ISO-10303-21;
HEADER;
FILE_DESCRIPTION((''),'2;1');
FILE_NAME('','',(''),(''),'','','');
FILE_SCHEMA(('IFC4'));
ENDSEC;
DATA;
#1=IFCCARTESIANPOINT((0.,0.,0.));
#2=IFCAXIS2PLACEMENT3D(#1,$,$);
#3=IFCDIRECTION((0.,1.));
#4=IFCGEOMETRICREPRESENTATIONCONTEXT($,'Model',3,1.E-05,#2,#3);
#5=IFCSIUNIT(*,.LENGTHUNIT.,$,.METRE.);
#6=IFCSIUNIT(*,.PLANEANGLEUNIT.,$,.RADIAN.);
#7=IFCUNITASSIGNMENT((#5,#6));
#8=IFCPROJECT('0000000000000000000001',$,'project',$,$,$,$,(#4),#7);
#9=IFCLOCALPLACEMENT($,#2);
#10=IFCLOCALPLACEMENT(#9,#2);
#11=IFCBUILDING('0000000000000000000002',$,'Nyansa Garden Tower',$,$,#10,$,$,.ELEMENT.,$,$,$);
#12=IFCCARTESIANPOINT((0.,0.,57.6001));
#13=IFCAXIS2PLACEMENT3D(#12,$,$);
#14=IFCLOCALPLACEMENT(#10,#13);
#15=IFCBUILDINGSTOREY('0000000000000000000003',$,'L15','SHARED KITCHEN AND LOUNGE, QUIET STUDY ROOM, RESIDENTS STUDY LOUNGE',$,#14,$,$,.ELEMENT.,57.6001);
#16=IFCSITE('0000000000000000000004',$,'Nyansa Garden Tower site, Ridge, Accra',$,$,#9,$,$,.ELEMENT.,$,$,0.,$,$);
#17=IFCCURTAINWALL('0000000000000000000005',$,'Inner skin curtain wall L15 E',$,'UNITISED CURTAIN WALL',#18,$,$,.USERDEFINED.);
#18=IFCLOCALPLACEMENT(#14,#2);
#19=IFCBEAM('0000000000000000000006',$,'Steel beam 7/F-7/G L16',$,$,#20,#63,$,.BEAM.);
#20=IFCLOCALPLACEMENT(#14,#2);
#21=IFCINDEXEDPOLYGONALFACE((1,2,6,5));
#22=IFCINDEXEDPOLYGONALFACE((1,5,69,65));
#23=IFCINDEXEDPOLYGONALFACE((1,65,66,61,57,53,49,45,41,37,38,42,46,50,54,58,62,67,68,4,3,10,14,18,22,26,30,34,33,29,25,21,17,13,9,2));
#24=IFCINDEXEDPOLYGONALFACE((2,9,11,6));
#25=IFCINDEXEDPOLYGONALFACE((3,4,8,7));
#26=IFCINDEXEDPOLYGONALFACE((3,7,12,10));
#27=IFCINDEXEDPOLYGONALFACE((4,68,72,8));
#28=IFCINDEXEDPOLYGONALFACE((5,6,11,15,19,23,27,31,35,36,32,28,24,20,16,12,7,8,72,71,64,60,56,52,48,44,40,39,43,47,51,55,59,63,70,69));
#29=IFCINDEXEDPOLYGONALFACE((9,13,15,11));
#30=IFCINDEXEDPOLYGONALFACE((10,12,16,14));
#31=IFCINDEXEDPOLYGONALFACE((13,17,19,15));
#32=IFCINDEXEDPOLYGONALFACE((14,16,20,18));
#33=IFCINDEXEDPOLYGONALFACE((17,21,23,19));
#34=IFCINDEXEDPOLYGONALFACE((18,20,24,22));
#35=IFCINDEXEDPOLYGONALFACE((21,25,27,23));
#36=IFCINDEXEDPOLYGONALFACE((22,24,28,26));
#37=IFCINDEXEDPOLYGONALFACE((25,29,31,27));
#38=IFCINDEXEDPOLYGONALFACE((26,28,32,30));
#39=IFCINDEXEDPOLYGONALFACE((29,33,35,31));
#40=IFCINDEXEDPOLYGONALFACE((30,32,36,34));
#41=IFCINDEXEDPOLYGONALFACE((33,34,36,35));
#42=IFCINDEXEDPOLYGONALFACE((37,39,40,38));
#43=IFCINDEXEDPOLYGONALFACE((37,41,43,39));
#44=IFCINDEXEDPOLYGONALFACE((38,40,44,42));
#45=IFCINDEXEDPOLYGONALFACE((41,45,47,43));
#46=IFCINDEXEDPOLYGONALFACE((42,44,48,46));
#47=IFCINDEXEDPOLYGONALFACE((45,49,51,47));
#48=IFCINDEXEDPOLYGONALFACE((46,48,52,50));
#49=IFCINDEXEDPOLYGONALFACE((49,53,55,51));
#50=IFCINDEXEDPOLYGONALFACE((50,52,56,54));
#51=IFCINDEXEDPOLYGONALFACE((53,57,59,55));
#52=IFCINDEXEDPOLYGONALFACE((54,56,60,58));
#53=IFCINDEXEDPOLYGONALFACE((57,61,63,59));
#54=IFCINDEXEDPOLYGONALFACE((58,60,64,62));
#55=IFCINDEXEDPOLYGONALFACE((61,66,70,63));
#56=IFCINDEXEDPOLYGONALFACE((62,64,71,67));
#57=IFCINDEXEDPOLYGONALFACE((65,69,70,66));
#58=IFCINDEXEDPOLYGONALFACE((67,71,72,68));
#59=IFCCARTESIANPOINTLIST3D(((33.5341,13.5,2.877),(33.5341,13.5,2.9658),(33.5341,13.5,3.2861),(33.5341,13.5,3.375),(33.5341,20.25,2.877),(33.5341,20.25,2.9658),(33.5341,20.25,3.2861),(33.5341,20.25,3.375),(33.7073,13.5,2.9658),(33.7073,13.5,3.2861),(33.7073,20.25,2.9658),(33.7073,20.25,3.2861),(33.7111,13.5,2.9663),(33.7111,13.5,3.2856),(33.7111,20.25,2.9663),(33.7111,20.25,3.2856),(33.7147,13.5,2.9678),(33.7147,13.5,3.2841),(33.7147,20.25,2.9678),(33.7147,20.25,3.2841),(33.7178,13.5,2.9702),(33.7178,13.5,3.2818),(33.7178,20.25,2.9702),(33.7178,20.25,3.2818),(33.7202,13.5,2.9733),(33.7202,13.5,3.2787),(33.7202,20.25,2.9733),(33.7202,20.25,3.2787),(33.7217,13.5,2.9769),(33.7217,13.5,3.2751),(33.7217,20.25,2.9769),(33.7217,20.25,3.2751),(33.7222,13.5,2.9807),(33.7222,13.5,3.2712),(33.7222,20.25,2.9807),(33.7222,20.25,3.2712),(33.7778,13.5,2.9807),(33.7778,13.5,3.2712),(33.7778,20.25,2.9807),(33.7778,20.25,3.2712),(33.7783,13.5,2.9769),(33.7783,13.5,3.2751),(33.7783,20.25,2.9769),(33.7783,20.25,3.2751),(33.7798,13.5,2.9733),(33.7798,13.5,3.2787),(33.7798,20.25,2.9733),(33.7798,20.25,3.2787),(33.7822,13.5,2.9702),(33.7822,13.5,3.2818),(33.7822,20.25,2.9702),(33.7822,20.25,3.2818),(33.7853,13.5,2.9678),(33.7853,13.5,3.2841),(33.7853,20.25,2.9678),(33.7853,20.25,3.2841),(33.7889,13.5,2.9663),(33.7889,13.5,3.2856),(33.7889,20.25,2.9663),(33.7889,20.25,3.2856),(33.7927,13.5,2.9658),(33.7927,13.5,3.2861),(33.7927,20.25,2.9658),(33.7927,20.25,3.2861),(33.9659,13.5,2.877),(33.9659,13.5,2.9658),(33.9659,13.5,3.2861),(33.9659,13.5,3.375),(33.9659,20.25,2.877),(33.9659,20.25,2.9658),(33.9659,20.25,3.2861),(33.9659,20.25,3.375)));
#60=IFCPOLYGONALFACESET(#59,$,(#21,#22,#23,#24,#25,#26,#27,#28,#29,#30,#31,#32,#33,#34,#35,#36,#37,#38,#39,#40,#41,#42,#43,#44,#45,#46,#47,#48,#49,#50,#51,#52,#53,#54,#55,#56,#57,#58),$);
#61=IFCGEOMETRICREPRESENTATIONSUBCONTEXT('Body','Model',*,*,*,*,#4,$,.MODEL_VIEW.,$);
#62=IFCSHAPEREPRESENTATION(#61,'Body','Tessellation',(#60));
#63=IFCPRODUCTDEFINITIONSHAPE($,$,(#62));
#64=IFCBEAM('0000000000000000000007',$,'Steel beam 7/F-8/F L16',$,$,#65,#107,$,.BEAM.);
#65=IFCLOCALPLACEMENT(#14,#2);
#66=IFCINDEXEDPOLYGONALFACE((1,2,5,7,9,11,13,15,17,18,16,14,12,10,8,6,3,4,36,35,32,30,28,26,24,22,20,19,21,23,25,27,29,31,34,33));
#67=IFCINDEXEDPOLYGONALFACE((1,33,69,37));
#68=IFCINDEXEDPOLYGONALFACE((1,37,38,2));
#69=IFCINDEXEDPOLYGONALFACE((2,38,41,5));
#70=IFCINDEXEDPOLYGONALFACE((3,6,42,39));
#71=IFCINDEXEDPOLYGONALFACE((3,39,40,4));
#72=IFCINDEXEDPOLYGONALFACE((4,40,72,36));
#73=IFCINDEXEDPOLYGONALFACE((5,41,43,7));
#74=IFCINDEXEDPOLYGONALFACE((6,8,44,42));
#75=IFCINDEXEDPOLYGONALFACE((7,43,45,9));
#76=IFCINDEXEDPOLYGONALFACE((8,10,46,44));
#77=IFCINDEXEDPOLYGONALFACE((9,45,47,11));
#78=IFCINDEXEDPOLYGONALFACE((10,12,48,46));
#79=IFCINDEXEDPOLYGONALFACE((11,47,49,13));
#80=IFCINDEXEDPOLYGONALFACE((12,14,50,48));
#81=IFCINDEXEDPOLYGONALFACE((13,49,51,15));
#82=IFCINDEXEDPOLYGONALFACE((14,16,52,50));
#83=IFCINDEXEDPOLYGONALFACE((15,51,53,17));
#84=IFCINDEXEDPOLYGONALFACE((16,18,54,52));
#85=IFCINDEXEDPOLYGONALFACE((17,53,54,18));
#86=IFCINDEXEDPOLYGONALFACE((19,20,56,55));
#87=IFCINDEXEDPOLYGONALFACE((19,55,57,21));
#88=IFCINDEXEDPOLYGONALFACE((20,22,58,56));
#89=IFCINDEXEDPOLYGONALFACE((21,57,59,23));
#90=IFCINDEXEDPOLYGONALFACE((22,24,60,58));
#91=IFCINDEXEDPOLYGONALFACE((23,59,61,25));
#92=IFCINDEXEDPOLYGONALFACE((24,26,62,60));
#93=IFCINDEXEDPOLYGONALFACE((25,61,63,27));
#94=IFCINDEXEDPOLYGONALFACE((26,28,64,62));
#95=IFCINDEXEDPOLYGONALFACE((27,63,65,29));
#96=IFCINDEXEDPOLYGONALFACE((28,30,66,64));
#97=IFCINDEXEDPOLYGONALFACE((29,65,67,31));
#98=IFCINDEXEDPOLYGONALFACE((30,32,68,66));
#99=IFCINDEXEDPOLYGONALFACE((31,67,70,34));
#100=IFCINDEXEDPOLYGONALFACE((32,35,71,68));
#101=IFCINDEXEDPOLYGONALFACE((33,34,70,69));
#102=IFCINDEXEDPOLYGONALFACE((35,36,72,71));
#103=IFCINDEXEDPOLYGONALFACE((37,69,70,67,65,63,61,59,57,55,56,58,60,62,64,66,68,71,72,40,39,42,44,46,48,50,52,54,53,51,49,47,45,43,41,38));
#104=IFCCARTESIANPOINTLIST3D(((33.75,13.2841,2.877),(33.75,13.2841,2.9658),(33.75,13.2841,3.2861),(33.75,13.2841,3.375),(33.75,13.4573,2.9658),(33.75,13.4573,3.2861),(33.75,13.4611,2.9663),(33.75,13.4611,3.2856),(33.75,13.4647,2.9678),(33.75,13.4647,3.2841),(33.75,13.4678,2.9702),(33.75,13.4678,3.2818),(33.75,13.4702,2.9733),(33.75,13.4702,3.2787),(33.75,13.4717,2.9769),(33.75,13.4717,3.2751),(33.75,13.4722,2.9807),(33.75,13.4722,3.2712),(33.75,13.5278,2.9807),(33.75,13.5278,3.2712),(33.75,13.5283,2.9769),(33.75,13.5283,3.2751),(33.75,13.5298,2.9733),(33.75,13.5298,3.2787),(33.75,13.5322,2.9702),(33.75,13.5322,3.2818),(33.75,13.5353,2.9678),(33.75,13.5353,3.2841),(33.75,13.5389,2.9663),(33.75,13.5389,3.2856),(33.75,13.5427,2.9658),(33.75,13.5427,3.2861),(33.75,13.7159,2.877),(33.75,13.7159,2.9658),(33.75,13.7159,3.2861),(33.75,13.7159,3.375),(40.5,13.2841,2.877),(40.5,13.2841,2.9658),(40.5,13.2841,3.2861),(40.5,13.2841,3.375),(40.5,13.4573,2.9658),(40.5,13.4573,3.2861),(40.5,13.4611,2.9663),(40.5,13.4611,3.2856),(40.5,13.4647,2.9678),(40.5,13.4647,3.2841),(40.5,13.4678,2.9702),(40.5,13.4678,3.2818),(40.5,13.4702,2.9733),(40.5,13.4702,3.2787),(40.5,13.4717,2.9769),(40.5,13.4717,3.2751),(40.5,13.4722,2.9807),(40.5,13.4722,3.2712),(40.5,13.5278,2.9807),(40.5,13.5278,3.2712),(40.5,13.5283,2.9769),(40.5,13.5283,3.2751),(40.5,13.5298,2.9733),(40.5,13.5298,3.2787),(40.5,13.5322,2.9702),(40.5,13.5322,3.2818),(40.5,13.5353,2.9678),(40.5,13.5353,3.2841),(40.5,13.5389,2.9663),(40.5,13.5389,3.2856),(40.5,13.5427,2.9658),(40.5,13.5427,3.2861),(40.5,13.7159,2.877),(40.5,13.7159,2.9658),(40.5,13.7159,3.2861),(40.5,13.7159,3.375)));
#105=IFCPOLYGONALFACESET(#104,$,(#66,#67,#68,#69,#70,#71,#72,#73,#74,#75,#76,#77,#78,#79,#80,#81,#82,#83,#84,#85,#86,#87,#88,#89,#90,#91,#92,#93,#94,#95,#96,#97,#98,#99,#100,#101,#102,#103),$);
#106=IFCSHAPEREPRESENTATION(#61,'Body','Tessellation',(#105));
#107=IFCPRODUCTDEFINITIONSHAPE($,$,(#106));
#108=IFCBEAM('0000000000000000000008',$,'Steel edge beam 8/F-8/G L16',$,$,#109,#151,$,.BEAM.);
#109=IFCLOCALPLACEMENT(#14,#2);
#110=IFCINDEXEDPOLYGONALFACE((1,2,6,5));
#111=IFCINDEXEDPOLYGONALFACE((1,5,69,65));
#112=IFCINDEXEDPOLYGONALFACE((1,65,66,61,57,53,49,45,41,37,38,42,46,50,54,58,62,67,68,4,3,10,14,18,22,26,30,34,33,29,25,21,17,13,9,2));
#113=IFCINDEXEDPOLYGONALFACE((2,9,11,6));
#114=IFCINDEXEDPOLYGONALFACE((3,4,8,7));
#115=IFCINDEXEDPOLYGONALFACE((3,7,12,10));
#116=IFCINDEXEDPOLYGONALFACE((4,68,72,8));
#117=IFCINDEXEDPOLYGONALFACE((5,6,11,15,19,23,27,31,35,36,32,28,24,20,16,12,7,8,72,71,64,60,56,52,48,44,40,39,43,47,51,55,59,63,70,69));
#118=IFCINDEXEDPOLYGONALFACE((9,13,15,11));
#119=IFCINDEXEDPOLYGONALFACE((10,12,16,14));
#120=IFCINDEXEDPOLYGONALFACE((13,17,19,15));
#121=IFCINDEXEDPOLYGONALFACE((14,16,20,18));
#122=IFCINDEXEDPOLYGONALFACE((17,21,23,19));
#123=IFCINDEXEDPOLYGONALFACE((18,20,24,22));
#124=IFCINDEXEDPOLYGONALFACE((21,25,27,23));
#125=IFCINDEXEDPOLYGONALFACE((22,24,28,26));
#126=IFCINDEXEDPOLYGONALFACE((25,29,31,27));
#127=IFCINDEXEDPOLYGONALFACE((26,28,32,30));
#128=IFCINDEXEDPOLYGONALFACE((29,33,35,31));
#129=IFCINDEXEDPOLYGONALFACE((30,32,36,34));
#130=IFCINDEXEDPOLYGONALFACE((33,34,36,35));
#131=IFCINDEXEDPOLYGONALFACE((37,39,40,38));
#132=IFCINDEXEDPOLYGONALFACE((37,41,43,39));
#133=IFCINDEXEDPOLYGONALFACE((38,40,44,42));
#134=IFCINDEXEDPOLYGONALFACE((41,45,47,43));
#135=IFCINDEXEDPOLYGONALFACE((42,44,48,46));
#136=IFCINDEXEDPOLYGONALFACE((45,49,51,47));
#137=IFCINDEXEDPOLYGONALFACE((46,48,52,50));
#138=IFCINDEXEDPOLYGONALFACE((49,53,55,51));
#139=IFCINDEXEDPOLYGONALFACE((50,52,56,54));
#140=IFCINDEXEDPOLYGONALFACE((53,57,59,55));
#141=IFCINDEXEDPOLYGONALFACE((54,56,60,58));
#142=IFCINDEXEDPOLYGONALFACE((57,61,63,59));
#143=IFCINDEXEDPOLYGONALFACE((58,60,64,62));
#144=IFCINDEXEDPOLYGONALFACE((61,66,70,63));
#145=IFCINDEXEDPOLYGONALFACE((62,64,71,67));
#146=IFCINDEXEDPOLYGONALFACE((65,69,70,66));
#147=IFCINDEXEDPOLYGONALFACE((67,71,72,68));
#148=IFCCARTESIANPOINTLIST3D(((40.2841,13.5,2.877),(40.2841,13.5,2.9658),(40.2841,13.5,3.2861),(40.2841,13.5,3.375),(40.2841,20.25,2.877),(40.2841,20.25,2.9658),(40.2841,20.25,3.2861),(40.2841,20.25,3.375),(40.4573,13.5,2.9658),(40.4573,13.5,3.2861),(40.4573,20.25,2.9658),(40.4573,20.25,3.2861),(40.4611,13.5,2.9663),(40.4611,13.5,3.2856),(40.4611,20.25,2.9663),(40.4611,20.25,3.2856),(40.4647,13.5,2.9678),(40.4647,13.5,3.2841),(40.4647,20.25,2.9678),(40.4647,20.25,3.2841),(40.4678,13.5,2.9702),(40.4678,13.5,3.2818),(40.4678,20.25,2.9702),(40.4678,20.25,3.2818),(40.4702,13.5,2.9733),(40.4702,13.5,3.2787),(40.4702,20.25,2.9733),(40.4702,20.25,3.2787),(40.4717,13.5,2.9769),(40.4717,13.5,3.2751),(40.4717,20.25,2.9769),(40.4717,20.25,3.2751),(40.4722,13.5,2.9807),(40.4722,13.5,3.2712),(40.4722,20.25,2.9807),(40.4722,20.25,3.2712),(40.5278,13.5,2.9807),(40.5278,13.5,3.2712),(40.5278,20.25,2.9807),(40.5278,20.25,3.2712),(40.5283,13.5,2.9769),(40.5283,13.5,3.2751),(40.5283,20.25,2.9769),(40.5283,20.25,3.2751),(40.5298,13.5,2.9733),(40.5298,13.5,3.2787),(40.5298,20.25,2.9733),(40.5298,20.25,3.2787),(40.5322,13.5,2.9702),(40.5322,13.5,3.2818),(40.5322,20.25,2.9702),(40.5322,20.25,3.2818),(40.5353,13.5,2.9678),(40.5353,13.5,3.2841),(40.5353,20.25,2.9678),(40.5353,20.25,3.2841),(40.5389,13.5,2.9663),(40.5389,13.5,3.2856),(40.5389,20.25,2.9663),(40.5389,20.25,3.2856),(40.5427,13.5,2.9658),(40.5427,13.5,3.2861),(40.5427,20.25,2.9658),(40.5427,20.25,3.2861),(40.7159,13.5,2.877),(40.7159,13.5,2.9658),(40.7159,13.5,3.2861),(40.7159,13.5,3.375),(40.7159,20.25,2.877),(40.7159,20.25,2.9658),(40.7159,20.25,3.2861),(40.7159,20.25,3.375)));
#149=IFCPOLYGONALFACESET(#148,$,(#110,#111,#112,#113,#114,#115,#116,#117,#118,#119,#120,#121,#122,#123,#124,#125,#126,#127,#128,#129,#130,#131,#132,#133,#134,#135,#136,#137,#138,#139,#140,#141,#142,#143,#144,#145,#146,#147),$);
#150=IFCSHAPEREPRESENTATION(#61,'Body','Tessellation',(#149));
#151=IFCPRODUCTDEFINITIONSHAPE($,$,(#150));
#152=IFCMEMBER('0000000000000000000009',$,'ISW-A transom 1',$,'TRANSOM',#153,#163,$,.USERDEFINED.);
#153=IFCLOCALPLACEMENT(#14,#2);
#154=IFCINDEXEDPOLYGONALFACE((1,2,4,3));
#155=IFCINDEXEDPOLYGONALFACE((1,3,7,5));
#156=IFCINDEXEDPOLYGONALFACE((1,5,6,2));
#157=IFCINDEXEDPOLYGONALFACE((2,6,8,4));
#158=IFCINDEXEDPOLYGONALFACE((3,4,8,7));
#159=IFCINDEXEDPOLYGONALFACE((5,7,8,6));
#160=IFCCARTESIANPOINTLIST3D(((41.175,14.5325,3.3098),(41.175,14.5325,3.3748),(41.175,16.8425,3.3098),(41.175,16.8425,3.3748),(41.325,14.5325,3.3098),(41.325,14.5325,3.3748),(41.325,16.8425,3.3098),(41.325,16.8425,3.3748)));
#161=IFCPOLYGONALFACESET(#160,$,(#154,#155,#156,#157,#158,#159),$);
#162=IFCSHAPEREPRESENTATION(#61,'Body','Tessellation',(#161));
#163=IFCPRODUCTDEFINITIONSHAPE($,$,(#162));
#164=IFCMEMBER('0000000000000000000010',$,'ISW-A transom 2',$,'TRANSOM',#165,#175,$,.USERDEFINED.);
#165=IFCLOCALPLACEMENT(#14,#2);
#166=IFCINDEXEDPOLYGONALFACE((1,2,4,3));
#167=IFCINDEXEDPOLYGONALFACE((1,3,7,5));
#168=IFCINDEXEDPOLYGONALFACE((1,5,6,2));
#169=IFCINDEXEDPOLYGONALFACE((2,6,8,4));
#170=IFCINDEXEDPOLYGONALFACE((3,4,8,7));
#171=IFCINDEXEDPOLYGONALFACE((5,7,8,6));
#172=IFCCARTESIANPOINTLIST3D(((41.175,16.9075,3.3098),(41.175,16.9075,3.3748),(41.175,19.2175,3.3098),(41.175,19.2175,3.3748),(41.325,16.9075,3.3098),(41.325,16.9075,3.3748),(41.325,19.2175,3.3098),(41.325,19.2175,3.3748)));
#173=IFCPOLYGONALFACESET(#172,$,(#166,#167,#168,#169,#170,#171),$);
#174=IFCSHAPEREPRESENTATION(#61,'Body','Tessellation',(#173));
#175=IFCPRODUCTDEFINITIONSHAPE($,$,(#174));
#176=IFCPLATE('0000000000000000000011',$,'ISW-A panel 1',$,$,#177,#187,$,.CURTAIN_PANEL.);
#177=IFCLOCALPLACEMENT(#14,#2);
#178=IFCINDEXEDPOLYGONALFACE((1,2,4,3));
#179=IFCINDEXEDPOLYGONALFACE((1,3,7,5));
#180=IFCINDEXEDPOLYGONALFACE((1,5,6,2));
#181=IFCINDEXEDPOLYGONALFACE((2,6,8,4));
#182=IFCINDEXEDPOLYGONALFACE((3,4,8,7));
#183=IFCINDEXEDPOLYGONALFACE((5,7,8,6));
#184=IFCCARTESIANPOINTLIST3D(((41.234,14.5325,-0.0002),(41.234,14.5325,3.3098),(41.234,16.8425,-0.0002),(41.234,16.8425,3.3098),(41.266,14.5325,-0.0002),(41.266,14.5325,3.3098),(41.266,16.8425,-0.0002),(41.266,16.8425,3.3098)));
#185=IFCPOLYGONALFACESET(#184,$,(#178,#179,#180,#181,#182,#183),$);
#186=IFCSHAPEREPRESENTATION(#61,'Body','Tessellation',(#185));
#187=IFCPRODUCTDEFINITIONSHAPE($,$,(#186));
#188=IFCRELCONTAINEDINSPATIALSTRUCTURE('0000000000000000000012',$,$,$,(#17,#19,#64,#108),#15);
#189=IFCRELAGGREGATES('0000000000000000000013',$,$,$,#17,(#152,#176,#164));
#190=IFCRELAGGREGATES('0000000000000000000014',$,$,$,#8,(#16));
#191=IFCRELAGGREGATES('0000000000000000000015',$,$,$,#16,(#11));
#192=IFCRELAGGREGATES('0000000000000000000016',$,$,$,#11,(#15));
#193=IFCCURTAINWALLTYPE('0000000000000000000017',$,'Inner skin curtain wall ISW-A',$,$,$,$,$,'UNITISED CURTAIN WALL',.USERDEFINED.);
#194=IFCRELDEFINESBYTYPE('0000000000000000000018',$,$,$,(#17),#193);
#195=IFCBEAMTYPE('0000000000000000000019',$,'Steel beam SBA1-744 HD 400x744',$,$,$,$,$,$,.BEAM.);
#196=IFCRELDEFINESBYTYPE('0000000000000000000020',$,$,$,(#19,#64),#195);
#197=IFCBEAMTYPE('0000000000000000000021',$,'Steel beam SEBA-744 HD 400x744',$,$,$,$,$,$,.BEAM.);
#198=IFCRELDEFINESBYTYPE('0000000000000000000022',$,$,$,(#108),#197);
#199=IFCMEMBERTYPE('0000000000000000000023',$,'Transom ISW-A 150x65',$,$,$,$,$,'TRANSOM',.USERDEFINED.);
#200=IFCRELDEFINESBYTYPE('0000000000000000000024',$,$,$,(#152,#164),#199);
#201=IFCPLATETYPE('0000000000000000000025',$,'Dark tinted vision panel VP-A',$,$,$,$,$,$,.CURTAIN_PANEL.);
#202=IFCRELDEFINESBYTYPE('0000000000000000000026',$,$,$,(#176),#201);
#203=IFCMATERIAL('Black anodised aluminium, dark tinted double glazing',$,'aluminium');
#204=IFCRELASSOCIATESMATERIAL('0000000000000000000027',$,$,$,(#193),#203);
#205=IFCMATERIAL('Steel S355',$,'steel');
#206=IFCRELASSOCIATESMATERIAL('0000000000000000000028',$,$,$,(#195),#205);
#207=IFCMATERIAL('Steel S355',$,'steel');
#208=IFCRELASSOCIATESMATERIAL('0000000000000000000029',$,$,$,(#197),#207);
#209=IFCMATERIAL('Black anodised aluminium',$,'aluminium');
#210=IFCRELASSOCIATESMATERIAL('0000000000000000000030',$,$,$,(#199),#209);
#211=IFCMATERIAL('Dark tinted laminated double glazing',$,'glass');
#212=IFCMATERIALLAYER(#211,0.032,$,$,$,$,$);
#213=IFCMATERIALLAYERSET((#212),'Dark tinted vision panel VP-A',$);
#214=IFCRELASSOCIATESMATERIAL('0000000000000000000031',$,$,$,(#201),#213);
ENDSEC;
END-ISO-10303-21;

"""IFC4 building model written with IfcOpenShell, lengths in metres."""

from ifc_helpers import new_model, si_unit, direction, frame, origin, origin_2d, place, context, subcontext, project, spatial, rectangle, i_section, extrude, material, layer, layer_set, material_profile, profile_set, type_object, element, aggregate, save


model = new_model("IFC4")

# Units and contexts
model_context = context("Model", 3, precision=1e-05, world=origin(), true_north=direction((0.0, 1.0)))
body_context = subcontext(model_context, "Body", "Model", "MODEL_VIEW")
ifc_project = project(units=[si_unit("LENGTHUNIT", "METRE"), si_unit("PLANEANGLEUNIT", "RADIAN")], contexts=[model_context])

# Site, building, storey
site_placement = place(None, origin())
site = spatial("IfcSite", under=ifc_project, at=site_placement, Name="Nyansa Garden Tower site, Ridge, Accra", CompositionType="ELEMENT", RefElevation=0.0)
building_placement = place(site_placement, origin())
building = spatial("IfcBuilding", under=site, at=building_placement, Name="Nyansa Garden Tower", CompositionType="ELEMENT")
storey_placement = place(building_placement, frame((0.0, 0.0, 57.6001)))
storey = spatial("IfcBuildingStorey", under=building, at=storey_placement, Name="L15", Description="SHARED KITCHEN AND LOUNGE, QUIET STUDY ROOM, RESIDENTS STUDY LOUNGE", CompositionType="ELEMENT", Elevation=57.6001)

# Shared definitions
ifc_material_1 = material(Name="Black anodised aluminium, dark tinted double glazing", Category="aluminium")
curtain_wall_type = type_object("IfcCurtainWallType", Name="Inner skin curtain wall ISW-A", ElementType="UNITISED CURTAIN WALL", PredefinedType="USERDEFINED", material=ifc_material_1)

# Curtain wall
curtain_wall_1_placement = place(storey_placement, origin())
curtain_wall_1 = element("IfcCurtainWall", 1, at=curtain_wall_1_placement, inside=storey, type_object=curtain_wall_type, Name="Inner skin curtain wall L15 E", ObjectType="UNITISED CURTAIN WALL", PredefinedType="USERDEFINED")

# Beams
ifc_material_2 = material(Name="Steel S355", Category="steel")
ifc_material_profile_1 = material_profile(ifc_material_2, i_section(OverallWidth=0.4319, OverallDepth=0.498, WebThickness=0.0557, FlangeThickness=0.0889, FilletRadius=0.0149, at=origin_2d()), Name="HD 400x744")
ifc_profile_set_1 = profile_set([ifc_material_profile_1], Name="Steel S355")
beam_type_1 = type_object("IfcBeamType", Name="Steel beam SBA1-744 HD 400x744", PredefinedType="BEAM", material=ifc_profile_set_1)
for number, where, z_axis, x_axis, name in (
    (2, (33.75, 13.5, 3.126), (0.0, 1.0, 0.0), (-1.0, 0.0, 0.0), "Steel beam 7/F-7/G L16"),
    (3, (33.75, 13.5, 3.126), (1.0, 0.0, 0.0), (0.0, 1.0, 0.0), "Steel beam 7/F-8/F L16"),
):
    element("IfcBeam", number, at=place(storey_placement, frame(where, z_axis=z_axis, x_axis=x_axis)), inside=storey, type_object=beam_type_1, Name=name, PredefinedType="BEAM", context=body_context, shape_type="SweptSolid", body=[
        extrude(i_section(OverallWidth=0.4319, OverallDepth=0.498, WebThickness=0.0557, FlangeThickness=0.0889, FilletRadius=0.0149, at=origin_2d()), origin(), (0.0, 0.0, 1.0), 6.75),
    ])
ifc_material_3 = material(Name="Steel S355", Category="steel")
ifc_material_profile_2 = material_profile(ifc_material_3, i_section(OverallWidth=0.4319, OverallDepth=0.498, WebThickness=0.0557, FlangeThickness=0.0889, FilletRadius=0.0149, at=origin_2d()), Name="HD 400x744")
ifc_profile_set_2 = profile_set([ifc_material_profile_2], Name="Steel S355")
beam_type_2 = type_object("IfcBeamType", Name="Steel beam SEBA-744 HD 400x744", PredefinedType="BEAM", material=ifc_profile_set_2)
beam_1_placement = place(storey_placement, frame((40.5, 13.5, 3.126), z_axis=(0.0, 1.0, 0.0), x_axis=(-1.0, 0.0, 0.0)))
element("IfcBeam", 4, at=beam_1_placement, inside=storey, type_object=beam_type_2, Name="Steel edge beam 8/F-8/G L16", PredefinedType="BEAM", context=body_context, shape_type="SweptSolid", body=[
    extrude(i_section(OverallWidth=0.4319, OverallDepth=0.498, WebThickness=0.0557, FlangeThickness=0.0889, FilletRadius=0.0149, at=origin_2d()), origin(), (0.0, 0.0, 1.0), 6.75),
])

# Members
ifc_material_4 = material(Name="Black anodised aluminium", Category="aluminium")
ifc_material_profile_3 = material_profile(ifc_material_4, rectangle(XDim=0.1499, YDim=0.0649, at=origin_2d()), Name="Transom 150x65")
ifc_profile_set_3 = profile_set([ifc_material_profile_3], Name="Black anodised aluminium")
member_type_1 = type_object("IfcMemberType", Name="Transom ISW-A 150x65", ElementType="TRANSOM", PredefinedType="USERDEFINED", material=ifc_profile_set_3)
member_1_placement = place(storey_placement, frame((41.25, 14.5325, 3.3423), z_axis=(0.0, 1.0, 0.0), x_axis=(-1.0, 0.0, 0.0)))
member_1 = element("IfcMember", 5, at=member_1_placement, type_object=member_type_1, Name="ISW-A transom 1", ObjectType="TRANSOM", PredefinedType="USERDEFINED", context=body_context, shape_type="SweptSolid", body=[
    extrude(rectangle(XDim=0.1499, YDim=0.0649, at=origin_2d()), origin(), (0.0, 0.0, 1.0), 2.3101),
])
member_2_placement = place(storey_placement, frame((41.25, 16.9075, 3.3423), z_axis=(0.0, 1.0, 0.0), x_axis=(-1.0, 0.0, 0.0)))
member_2 = element("IfcMember", 6, at=member_2_placement, type_object=member_type_1, Name="ISW-A transom 2", ObjectType="TRANSOM", PredefinedType="USERDEFINED", context=body_context, shape_type="SweptSolid", body=[
    extrude(rectangle(XDim=0.1499, YDim=0.0649, at=origin_2d()), origin(), (0.0, 0.0, 1.0), 2.3101),
])

# Plate
ifc_material_5 = material(Name="Dark tinted laminated double glazing", Category="glass")
ifc_layer_1 = layer(ifc_material_5, 0.032)
ifc_layer_set_1 = layer_set([ifc_layer_1], Name="Dark tinted vision panel VP-A")
plate_type_1 = type_object("IfcPlateType", Name="Dark tinted vision panel VP-A", PredefinedType="CURTAIN_PANEL", material=ifc_layer_set_1)
plate_1_placement = place(storey_placement, frame((41.25, 15.6875, -0.0002), z_axis=(0.0, 0.0, 1.0), x_axis=(0.0, 1.0, 0.0)))
plate_1 = element("IfcPlate", 7, at=plate_1_placement, type_object=plate_type_1, Name="ISW-A panel 1", PredefinedType="CURTAIN_PANEL", context=body_context, shape_type="SweptSolid", body=[
    extrude(rectangle(XDim=2.3101, YDim=0.032, at=origin_2d()), origin(), (0.0, 0.0, 1.0), 3.3101),
])
aggregate(curtain_wall_1, [member_1, plate_1, member_2])

save(model, "model.ifc")
